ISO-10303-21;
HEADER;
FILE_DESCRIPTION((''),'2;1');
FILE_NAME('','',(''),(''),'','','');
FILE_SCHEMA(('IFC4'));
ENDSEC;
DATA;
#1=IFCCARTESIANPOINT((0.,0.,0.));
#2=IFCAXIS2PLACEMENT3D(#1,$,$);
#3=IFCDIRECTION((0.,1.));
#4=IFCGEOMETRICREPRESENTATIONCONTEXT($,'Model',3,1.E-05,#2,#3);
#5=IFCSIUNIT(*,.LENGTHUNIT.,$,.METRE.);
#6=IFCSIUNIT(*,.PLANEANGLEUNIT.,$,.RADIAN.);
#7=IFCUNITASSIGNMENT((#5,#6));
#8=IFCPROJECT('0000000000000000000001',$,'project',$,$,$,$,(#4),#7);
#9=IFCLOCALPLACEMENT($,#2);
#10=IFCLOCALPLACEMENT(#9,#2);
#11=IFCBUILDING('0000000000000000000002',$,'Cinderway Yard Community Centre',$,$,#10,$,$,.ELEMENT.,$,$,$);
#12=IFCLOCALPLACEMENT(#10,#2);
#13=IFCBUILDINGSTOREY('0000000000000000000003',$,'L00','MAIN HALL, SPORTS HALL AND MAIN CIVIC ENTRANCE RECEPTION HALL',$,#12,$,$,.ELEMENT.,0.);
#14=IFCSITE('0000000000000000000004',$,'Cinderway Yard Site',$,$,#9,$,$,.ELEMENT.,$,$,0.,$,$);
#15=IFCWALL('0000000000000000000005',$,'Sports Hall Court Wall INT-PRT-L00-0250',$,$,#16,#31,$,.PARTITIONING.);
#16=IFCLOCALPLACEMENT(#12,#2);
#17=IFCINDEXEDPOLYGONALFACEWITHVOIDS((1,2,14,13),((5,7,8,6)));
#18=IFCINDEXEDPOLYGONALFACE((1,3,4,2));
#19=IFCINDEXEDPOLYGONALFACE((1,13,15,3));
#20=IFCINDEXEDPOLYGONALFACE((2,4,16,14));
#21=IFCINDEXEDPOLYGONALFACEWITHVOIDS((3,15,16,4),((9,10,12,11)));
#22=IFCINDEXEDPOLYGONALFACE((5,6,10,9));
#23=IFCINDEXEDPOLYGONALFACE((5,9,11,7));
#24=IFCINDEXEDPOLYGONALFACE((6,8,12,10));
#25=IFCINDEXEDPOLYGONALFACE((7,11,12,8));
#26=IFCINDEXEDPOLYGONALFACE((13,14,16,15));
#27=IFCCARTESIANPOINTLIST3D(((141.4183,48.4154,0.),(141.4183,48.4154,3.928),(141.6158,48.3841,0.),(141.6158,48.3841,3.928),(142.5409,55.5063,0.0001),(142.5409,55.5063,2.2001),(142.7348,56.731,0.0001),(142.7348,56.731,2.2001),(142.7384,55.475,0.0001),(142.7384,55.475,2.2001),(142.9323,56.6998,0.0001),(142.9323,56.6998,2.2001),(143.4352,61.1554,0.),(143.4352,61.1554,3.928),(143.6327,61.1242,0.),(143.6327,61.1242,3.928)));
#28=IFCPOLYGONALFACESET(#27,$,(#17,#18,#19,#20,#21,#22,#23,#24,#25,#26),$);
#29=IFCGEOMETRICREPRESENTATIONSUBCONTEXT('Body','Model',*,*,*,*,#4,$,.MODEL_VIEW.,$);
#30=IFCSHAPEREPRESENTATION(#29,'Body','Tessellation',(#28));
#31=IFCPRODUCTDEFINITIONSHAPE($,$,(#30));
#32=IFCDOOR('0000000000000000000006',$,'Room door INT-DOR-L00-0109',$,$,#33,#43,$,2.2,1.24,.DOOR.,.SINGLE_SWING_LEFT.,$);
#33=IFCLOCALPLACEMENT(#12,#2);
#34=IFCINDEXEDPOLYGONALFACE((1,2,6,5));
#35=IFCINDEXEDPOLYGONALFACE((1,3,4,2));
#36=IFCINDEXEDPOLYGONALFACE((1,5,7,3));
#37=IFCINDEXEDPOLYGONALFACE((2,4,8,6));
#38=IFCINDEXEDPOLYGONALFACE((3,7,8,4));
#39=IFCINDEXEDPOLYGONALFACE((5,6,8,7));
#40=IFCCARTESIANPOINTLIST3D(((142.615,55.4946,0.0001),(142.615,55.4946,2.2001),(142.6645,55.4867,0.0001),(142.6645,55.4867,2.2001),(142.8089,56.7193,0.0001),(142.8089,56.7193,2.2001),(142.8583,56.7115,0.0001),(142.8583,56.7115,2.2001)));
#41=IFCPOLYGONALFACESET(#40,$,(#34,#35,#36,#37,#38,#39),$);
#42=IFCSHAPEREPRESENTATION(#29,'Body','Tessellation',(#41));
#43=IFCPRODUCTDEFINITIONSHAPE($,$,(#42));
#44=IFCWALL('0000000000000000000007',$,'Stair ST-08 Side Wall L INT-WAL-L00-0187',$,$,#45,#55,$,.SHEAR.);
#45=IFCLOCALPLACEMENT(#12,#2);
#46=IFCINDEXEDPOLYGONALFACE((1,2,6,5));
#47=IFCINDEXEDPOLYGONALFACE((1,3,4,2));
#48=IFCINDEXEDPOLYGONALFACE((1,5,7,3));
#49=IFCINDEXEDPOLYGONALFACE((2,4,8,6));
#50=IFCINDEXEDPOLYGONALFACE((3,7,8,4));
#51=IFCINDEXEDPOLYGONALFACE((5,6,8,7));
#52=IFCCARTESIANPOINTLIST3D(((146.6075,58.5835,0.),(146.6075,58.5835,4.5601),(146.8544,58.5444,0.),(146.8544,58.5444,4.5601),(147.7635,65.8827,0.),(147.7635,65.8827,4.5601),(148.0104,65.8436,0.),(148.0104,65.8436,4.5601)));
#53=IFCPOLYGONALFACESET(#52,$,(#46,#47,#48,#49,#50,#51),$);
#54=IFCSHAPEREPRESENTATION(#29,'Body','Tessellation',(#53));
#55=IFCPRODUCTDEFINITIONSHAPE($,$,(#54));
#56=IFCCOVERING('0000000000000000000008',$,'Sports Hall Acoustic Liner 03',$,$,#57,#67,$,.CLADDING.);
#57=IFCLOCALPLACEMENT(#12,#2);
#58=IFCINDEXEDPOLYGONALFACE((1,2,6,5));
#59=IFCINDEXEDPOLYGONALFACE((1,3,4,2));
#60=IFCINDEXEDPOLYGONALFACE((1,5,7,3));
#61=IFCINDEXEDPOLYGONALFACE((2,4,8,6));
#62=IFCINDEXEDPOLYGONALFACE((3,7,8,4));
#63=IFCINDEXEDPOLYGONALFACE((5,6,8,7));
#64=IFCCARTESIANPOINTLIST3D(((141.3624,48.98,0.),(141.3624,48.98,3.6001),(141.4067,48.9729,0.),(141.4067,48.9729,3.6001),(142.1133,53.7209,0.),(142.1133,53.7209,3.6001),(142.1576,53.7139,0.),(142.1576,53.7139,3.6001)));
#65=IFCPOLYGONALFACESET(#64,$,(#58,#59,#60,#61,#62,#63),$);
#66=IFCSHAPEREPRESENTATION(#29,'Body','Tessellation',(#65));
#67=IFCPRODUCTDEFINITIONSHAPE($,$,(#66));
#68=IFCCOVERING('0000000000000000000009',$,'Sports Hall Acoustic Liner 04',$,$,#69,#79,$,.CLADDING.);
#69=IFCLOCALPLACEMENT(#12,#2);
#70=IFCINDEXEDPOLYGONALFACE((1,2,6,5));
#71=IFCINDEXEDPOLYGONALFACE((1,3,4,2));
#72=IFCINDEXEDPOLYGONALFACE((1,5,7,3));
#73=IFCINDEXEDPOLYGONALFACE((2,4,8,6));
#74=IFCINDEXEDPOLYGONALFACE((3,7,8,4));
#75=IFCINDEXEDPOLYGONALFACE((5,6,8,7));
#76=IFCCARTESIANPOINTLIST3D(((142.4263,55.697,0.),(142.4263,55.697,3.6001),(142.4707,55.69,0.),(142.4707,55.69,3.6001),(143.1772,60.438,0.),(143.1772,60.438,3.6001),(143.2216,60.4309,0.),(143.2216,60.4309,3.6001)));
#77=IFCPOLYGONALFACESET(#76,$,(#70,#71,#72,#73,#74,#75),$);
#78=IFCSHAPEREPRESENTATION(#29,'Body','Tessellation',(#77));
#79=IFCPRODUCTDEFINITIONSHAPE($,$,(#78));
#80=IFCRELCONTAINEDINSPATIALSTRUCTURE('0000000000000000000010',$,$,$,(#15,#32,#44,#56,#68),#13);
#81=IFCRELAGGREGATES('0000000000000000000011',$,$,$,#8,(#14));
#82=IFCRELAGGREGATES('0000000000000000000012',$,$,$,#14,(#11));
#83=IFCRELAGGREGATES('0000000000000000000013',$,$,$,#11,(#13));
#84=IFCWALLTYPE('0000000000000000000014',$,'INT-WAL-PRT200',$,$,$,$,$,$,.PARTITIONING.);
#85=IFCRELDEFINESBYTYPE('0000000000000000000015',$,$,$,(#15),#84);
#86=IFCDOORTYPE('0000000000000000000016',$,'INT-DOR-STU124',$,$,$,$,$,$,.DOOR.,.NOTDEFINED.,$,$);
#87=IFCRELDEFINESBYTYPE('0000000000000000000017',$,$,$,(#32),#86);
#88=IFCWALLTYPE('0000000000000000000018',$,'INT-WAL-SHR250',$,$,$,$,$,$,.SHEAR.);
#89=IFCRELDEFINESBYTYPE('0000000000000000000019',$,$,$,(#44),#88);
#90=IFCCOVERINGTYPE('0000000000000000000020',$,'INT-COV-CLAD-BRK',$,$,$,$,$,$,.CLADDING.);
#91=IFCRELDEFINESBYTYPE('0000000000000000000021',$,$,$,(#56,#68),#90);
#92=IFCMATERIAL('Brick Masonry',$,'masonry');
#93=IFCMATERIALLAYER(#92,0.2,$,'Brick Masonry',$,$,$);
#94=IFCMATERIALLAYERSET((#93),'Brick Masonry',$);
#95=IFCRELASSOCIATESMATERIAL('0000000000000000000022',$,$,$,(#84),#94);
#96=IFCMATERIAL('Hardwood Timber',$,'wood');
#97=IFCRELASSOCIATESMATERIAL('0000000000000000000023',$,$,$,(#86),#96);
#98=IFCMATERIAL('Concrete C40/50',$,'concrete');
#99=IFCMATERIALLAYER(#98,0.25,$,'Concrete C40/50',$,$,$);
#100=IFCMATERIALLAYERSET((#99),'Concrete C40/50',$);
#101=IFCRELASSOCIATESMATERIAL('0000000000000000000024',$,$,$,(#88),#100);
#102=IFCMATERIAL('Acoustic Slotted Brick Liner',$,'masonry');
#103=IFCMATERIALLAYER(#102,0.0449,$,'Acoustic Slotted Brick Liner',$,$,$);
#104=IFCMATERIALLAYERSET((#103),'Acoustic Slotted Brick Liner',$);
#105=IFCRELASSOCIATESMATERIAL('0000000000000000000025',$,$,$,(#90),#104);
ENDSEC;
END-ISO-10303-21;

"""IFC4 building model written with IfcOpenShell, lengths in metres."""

from ifc_helpers import new_model, si_unit, direction, frame, frame_2d, origin, origin_2d, place, context, subcontext, project, spatial, rectangle, extrude, material, layer, layer_set, type_object, element, fill, save


model = new_model("IFC4")

# Units and contexts
model_context = context("Model", 3, precision=1e-05, world=origin(), true_north=direction((0.0, 1.0)))
body_context = subcontext(model_context, "Body", "Model", "MODEL_VIEW")
ifc_project = project(units=[si_unit("LENGTHUNIT", "METRE"), si_unit("PLANEANGLEUNIT", "RADIAN")], contexts=[model_context])

# Site, building, storey
site_placement = place(None, origin())
site = spatial("IfcSite", under=ifc_project, at=site_placement, Name="Cinderway Yard Site", CompositionType="ELEMENT", RefElevation=0.0)
building_placement = place(site_placement, origin())
building = spatial("IfcBuilding", under=site, at=building_placement, Name="Cinderway Yard Community Centre", CompositionType="ELEMENT")
storey_placement = place(building_placement, origin())
storey = spatial("IfcBuildingStorey", under=building, at=storey_placement, Name="L00", Description="MAIN HALL, SPORTS HALL AND MAIN CIVIC ENTRANCE RECEPTION HALL", CompositionType="ELEMENT", Elevation=0.0)

# Shared definitions
ifc_material_1 = material(Name="Concrete C40/50", Category="concrete")

# Wall, opening, door
ifc_material_2 = material(Name="Hardwood Timber", Category="wood")
ifc_material_3 = material(Name="Brick Masonry", Category="masonry")
ifc_layer_1 = layer(ifc_material_3, 0.2, Name="Brick Masonry")
ifc_layer_set_1 = layer_set([ifc_layer_1], Name="Brick Masonry")
wall_type_1 = type_object("IfcWallType", Name="INT-WAL-PRT200", PredefinedType="PARTITIONING", material=ifc_layer_set_1)
wall_1_placement = place(storey_placement, frame((141.5171, 48.3999, 0.0), z_axis=(0.0, 0.0, 1.0), x_axis=(0.156361, 0.9877, 0.0)))
wall_1 = element("IfcWall", 1, at=wall_1_placement, inside=storey, type_object=wall_type_1, Name="Sports Hall Court Wall INT-PRT-L00-0250", PredefinedType="PARTITIONING", context=body_context, shape_type="SweptSolid", body=[
    extrude(rectangle(XDim=12.8987, YDim=0.2, at=frame_2d((6.4492, 0.0))), origin(), (0.0, 0.0, 1.0), 3.928),
])
opening_1_placement = place(wall_1_placement, frame((7.179, 0.0, 0.0)))
opening_1 = element("IfcOpeningElement", 2, at=opening_1_placement, cuts=wall_1, PredefinedType="OPENING", context=body_context, shape_type="SweptSolid", body=[
    extrude(rectangle(XDim=1.24, YDim=2.2, at=frame_2d((0.6201, 1.1001))), frame((0.0, 0.1099, 0.0), z_axis=(0.0, -1.0, 0.0), x_axis=(1.0, 0.0, 0.0)), (0.0, 0.0, 1.0), 0.22),
])
door_type_1 = type_object("IfcDoorType", Name="INT-DOR-STU124", OperationType="NOTDEFINED", PredefinedType="DOOR", material=ifc_material_2)
door_1_placement = place(opening_1_placement, origin())
door_1 = element("IfcDoor", 3, at=door_1_placement, inside=storey, type_object=door_type_1, Name="Room door INT-DOR-L00-0109", OperationType="SINGLE_SWING_LEFT", OverallHeight=2.2, OverallWidth=1.24, PredefinedType="DOOR", context=body_context, shape_type="SweptSolid", body=[
    extrude(rectangle(XDim=1.24, YDim=2.2, at=frame_2d((0.6201, 1.1001))), frame((0.0, 0.0249, 0.0), z_axis=(0.0, -1.0, 0.0), x_axis=(1.0, 0.0, 0.0)), (0.0, 0.0, 1.0), 0.05),
])
fill(opening_1, door_1)
ifc_layer_2 = layer(ifc_material_1, 0.25, Name="Concrete C40/50")
ifc_layer_set_2 = layer_set([ifc_layer_2], Name="Concrete C40/50")
wall_type_2 = type_object("IfcWallType", Name="INT-WAL-SHR250", PredefinedType="SHEAR", material=ifc_layer_set_2)

# Wall
wall_2_placement = place(storey_placement, frame((146.731, 58.564, 0.0), z_axis=(0.0, 0.0, 1.0), x_axis=(0.156427, 0.987689, 0.0)))
element("IfcWall", 4, at=wall_2_placement, inside=storey, type_object=wall_type_2, Name="Stair ST-08 Side Wall L INT-WAL-L00-0187", PredefinedType="SHEAR", context=body_context, shape_type="SweptSolid", body=[
    extrude(rectangle(XDim=7.3901, YDim=0.25, at=frame_2d((3.6951, 0.0))), origin(), (0.0, 0.0, 1.0), 4.5601),
])

# Coverings
ifc_material_4 = material(Name="Acoustic Slotted Brick Liner", Category="masonry")
ifc_layer_3 = layer(ifc_material_4, 0.0449, Name="Acoustic Slotted Brick Liner")
ifc_layer_set_3 = layer_set([ifc_layer_3], Name="Acoustic Slotted Brick Liner")
covering_type = type_object("IfcCoveringType", Name="INT-COV-CLAD-BRK", PredefinedType="CLADDING", material=ifc_layer_set_3)
for number, where, z_axis, x_axis, name in (
    (5, (141.76, 51.3469, 0.0), (0.0, 0.0, 1.0), (0.987688, -0.156434, 0.0), "Sports Hall Acoustic Liner 03"),
    (6, (142.824, 58.064, 0.0), (0.0, 0.0, 1.0), (0.987688, -0.156434, 0.0), "Sports Hall Acoustic Liner 04"),
):
    element("IfcCovering", number, at=place(storey_placement, frame(where, z_axis=z_axis, x_axis=x_axis)), inside=storey, type_object=covering_type, Name=name, PredefinedType="CLADDING", context=body_context, shape_type="SweptSolid", body=[
        extrude(rectangle(XDim=0.0449, YDim=4.8, at=origin_2d()), origin(), (0.0, 0.0, 1.0), 3.6001),
    ])

save(model, "model.ifc")
